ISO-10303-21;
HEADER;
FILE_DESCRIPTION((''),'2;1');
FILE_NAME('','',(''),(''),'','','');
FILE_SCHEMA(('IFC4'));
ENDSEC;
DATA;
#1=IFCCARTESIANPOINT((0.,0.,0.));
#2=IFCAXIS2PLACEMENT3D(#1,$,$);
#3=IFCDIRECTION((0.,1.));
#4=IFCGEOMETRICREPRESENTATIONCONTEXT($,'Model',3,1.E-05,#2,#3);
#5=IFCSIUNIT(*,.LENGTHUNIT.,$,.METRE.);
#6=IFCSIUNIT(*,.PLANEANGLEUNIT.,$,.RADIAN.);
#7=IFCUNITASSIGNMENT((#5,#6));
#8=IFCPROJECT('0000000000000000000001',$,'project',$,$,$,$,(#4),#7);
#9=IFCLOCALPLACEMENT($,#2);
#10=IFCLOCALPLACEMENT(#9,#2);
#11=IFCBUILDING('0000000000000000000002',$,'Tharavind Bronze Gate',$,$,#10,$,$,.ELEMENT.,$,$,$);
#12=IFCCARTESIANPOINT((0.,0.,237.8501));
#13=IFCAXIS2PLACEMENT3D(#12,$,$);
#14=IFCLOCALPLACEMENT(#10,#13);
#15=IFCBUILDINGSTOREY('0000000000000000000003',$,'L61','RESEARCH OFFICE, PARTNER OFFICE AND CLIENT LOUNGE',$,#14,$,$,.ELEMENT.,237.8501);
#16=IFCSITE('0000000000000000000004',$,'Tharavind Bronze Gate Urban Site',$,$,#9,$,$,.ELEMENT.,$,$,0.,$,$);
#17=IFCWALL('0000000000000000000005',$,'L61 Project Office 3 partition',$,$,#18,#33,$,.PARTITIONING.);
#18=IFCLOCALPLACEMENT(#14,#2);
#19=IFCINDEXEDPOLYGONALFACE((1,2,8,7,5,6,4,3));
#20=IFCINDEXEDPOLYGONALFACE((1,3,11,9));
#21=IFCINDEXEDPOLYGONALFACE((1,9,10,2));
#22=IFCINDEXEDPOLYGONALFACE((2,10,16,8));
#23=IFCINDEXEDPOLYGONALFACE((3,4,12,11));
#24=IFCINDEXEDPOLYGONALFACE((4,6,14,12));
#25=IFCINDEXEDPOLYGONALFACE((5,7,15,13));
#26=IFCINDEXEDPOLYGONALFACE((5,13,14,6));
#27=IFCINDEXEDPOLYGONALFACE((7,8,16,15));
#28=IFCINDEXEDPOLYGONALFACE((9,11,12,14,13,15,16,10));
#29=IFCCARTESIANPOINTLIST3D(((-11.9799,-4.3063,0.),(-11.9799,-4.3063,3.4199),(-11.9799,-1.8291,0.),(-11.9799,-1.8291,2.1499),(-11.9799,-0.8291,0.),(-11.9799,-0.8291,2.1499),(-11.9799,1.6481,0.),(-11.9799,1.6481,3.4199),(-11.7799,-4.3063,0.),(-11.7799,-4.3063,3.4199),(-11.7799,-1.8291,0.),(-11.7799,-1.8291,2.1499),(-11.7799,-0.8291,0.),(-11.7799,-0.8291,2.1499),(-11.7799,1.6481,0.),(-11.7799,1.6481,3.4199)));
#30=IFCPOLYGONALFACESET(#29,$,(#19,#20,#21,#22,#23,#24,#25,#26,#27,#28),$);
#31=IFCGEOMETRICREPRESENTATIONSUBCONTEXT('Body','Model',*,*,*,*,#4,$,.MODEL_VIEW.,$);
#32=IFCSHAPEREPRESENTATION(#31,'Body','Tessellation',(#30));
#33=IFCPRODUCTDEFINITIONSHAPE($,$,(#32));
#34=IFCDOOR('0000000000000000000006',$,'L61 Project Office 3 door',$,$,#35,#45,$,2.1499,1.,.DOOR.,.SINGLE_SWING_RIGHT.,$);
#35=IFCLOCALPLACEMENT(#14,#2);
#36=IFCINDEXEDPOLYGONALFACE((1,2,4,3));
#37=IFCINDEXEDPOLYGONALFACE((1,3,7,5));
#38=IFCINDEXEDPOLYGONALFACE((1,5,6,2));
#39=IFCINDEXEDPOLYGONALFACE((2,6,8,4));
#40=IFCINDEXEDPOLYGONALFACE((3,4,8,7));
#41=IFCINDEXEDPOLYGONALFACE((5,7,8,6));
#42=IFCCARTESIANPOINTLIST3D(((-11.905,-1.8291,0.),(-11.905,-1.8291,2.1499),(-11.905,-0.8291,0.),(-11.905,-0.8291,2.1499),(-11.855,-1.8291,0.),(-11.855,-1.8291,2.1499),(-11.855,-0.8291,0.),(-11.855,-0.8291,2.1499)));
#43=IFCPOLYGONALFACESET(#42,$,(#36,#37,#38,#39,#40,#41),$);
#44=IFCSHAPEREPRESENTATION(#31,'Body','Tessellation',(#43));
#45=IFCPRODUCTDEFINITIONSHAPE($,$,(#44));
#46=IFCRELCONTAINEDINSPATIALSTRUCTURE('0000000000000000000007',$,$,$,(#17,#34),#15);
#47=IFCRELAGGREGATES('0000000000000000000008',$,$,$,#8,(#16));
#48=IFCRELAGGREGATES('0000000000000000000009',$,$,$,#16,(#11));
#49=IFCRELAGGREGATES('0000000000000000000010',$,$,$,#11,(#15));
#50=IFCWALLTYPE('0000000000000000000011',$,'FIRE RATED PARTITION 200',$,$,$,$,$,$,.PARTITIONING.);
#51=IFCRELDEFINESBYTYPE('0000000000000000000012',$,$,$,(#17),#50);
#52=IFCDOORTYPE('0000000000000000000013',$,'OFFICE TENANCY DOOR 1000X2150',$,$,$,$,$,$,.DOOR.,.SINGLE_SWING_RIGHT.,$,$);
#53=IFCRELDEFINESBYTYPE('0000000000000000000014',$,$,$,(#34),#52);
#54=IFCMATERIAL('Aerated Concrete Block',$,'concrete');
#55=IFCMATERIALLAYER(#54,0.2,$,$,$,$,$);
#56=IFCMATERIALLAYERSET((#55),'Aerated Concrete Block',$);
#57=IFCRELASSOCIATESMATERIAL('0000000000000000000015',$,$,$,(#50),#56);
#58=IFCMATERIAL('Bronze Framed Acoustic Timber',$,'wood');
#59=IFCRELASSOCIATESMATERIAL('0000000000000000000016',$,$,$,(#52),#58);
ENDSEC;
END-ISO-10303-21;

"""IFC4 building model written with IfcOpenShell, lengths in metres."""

from ifc_helpers import new_model, si_unit, direction, frame, frame_2d, origin, place, context, subcontext, project, spatial, rectangle, extrude, material, layer, layer_set, type_object, element, fill, save


model = new_model("IFC4")

# Units and contexts
model_context = context("Model", 3, precision=1e-05, world=origin(), true_north=direction((0.0, 1.0)))
body_context = subcontext(model_context, "Body", "Model", "MODEL_VIEW")
ifc_project = project(units=[si_unit("LENGTHUNIT", "METRE"), si_unit("PLANEANGLEUNIT", "RADIAN")], contexts=[model_context])

# Site, building, storey
site_placement = place(None, origin())
site = spatial("IfcSite", under=ifc_project, at=site_placement, Name="Tharavind Bronze Gate Urban Site", CompositionType="ELEMENT", RefElevation=0.0)
building_placement = place(site_placement, origin())
building = spatial("IfcBuilding", under=site, at=building_placement, Name="Tharavind Bronze Gate", CompositionType="ELEMENT")
storey_placement = place(building_placement, frame((0.0, 0.0, 237.8501)))
storey = spatial("IfcBuildingStorey", under=building, at=storey_placement, Name="L61", Description="RESEARCH OFFICE, PARTNER OFFICE AND CLIENT LOUNGE", CompositionType="ELEMENT", Elevation=237.8501)

# Shared definitions
ifc_material_1 = material(Name="Aerated Concrete Block", Category="concrete")
ifc_layer_1 = layer(ifc_material_1, 0.2)
ifc_layer_set_1 = layer_set([ifc_layer_1], Name="Aerated Concrete Block")
wall_type_1 = type_object("IfcWallType", Name="FIRE RATED PARTITION 200", PredefinedType="PARTITIONING", material=ifc_layer_set_1)

# Wall, opening, door
wall_1_placement = place(storey_placement, frame((-11.8799, 1.6479, 0.0), z_axis=(0.0, 0.0, 1.0), x_axis=(0.0, -1.0, 0.0)))
wall_1 = element("IfcWall", 1, at=wall_1_placement, inside=storey, type_object=wall_type_1, Name="L61 Project Office 3 partition", PredefinedType="PARTITIONING", context=body_context, shape_type="SweptSolid", body=[
    extrude(rectangle(XDim=5.9543, YDim=0.2, at=frame_2d((2.9771, 0.0))), origin(), (0.0, 0.0, 1.0), 3.4199),
])
opening_1_placement = place(wall_1_placement, frame((2.4771, 0.0, 0.0)))
opening_1 = element("IfcOpeningElement", 2, at=opening_1_placement, cuts=wall_1, PredefinedType="OPENING", context=body_context, shape_type="SweptSolid", body=[
    extrude(rectangle(XDim=1.0, YDim=2.1499, at=frame_2d((0.5, 1.075))), frame((0.0, 0.1101, 0.0), z_axis=(0.0, -1.0, 0.0), x_axis=(1.0, 0.0, 0.0)), (0.0, 0.0, 1.0), 0.22),
])
ifc_material_2 = material(Name="Bronze Framed Acoustic Timber", Category="wood")
door_type_1 = type_object("IfcDoorType", Name="OFFICE TENANCY DOOR 1000X2150", OperationType="SINGLE_SWING_RIGHT", PredefinedType="DOOR", material=ifc_material_2)
door_1_placement = place(opening_1_placement, origin())
door_1 = element("IfcDoor", 3, at=door_1_placement, inside=storey, type_object=door_type_1, Name="L61 Project Office 3 door", OperationType="SINGLE_SWING_RIGHT", OverallHeight=2.1499, OverallWidth=1.0, PredefinedType="DOOR", context=body_context, shape_type="SweptSolid", body=[
    extrude(rectangle(XDim=1.0, YDim=2.1499, at=frame_2d((0.5, 1.075))), frame((0.0, 0.0249, 0.0), z_axis=(0.0, -1.0, 0.0), x_axis=(1.0, 0.0, 0.0)), (0.0, 0.0, 1.0), 0.05),
])
fill(opening_1, door_1)

save(model, "model.ifc")
